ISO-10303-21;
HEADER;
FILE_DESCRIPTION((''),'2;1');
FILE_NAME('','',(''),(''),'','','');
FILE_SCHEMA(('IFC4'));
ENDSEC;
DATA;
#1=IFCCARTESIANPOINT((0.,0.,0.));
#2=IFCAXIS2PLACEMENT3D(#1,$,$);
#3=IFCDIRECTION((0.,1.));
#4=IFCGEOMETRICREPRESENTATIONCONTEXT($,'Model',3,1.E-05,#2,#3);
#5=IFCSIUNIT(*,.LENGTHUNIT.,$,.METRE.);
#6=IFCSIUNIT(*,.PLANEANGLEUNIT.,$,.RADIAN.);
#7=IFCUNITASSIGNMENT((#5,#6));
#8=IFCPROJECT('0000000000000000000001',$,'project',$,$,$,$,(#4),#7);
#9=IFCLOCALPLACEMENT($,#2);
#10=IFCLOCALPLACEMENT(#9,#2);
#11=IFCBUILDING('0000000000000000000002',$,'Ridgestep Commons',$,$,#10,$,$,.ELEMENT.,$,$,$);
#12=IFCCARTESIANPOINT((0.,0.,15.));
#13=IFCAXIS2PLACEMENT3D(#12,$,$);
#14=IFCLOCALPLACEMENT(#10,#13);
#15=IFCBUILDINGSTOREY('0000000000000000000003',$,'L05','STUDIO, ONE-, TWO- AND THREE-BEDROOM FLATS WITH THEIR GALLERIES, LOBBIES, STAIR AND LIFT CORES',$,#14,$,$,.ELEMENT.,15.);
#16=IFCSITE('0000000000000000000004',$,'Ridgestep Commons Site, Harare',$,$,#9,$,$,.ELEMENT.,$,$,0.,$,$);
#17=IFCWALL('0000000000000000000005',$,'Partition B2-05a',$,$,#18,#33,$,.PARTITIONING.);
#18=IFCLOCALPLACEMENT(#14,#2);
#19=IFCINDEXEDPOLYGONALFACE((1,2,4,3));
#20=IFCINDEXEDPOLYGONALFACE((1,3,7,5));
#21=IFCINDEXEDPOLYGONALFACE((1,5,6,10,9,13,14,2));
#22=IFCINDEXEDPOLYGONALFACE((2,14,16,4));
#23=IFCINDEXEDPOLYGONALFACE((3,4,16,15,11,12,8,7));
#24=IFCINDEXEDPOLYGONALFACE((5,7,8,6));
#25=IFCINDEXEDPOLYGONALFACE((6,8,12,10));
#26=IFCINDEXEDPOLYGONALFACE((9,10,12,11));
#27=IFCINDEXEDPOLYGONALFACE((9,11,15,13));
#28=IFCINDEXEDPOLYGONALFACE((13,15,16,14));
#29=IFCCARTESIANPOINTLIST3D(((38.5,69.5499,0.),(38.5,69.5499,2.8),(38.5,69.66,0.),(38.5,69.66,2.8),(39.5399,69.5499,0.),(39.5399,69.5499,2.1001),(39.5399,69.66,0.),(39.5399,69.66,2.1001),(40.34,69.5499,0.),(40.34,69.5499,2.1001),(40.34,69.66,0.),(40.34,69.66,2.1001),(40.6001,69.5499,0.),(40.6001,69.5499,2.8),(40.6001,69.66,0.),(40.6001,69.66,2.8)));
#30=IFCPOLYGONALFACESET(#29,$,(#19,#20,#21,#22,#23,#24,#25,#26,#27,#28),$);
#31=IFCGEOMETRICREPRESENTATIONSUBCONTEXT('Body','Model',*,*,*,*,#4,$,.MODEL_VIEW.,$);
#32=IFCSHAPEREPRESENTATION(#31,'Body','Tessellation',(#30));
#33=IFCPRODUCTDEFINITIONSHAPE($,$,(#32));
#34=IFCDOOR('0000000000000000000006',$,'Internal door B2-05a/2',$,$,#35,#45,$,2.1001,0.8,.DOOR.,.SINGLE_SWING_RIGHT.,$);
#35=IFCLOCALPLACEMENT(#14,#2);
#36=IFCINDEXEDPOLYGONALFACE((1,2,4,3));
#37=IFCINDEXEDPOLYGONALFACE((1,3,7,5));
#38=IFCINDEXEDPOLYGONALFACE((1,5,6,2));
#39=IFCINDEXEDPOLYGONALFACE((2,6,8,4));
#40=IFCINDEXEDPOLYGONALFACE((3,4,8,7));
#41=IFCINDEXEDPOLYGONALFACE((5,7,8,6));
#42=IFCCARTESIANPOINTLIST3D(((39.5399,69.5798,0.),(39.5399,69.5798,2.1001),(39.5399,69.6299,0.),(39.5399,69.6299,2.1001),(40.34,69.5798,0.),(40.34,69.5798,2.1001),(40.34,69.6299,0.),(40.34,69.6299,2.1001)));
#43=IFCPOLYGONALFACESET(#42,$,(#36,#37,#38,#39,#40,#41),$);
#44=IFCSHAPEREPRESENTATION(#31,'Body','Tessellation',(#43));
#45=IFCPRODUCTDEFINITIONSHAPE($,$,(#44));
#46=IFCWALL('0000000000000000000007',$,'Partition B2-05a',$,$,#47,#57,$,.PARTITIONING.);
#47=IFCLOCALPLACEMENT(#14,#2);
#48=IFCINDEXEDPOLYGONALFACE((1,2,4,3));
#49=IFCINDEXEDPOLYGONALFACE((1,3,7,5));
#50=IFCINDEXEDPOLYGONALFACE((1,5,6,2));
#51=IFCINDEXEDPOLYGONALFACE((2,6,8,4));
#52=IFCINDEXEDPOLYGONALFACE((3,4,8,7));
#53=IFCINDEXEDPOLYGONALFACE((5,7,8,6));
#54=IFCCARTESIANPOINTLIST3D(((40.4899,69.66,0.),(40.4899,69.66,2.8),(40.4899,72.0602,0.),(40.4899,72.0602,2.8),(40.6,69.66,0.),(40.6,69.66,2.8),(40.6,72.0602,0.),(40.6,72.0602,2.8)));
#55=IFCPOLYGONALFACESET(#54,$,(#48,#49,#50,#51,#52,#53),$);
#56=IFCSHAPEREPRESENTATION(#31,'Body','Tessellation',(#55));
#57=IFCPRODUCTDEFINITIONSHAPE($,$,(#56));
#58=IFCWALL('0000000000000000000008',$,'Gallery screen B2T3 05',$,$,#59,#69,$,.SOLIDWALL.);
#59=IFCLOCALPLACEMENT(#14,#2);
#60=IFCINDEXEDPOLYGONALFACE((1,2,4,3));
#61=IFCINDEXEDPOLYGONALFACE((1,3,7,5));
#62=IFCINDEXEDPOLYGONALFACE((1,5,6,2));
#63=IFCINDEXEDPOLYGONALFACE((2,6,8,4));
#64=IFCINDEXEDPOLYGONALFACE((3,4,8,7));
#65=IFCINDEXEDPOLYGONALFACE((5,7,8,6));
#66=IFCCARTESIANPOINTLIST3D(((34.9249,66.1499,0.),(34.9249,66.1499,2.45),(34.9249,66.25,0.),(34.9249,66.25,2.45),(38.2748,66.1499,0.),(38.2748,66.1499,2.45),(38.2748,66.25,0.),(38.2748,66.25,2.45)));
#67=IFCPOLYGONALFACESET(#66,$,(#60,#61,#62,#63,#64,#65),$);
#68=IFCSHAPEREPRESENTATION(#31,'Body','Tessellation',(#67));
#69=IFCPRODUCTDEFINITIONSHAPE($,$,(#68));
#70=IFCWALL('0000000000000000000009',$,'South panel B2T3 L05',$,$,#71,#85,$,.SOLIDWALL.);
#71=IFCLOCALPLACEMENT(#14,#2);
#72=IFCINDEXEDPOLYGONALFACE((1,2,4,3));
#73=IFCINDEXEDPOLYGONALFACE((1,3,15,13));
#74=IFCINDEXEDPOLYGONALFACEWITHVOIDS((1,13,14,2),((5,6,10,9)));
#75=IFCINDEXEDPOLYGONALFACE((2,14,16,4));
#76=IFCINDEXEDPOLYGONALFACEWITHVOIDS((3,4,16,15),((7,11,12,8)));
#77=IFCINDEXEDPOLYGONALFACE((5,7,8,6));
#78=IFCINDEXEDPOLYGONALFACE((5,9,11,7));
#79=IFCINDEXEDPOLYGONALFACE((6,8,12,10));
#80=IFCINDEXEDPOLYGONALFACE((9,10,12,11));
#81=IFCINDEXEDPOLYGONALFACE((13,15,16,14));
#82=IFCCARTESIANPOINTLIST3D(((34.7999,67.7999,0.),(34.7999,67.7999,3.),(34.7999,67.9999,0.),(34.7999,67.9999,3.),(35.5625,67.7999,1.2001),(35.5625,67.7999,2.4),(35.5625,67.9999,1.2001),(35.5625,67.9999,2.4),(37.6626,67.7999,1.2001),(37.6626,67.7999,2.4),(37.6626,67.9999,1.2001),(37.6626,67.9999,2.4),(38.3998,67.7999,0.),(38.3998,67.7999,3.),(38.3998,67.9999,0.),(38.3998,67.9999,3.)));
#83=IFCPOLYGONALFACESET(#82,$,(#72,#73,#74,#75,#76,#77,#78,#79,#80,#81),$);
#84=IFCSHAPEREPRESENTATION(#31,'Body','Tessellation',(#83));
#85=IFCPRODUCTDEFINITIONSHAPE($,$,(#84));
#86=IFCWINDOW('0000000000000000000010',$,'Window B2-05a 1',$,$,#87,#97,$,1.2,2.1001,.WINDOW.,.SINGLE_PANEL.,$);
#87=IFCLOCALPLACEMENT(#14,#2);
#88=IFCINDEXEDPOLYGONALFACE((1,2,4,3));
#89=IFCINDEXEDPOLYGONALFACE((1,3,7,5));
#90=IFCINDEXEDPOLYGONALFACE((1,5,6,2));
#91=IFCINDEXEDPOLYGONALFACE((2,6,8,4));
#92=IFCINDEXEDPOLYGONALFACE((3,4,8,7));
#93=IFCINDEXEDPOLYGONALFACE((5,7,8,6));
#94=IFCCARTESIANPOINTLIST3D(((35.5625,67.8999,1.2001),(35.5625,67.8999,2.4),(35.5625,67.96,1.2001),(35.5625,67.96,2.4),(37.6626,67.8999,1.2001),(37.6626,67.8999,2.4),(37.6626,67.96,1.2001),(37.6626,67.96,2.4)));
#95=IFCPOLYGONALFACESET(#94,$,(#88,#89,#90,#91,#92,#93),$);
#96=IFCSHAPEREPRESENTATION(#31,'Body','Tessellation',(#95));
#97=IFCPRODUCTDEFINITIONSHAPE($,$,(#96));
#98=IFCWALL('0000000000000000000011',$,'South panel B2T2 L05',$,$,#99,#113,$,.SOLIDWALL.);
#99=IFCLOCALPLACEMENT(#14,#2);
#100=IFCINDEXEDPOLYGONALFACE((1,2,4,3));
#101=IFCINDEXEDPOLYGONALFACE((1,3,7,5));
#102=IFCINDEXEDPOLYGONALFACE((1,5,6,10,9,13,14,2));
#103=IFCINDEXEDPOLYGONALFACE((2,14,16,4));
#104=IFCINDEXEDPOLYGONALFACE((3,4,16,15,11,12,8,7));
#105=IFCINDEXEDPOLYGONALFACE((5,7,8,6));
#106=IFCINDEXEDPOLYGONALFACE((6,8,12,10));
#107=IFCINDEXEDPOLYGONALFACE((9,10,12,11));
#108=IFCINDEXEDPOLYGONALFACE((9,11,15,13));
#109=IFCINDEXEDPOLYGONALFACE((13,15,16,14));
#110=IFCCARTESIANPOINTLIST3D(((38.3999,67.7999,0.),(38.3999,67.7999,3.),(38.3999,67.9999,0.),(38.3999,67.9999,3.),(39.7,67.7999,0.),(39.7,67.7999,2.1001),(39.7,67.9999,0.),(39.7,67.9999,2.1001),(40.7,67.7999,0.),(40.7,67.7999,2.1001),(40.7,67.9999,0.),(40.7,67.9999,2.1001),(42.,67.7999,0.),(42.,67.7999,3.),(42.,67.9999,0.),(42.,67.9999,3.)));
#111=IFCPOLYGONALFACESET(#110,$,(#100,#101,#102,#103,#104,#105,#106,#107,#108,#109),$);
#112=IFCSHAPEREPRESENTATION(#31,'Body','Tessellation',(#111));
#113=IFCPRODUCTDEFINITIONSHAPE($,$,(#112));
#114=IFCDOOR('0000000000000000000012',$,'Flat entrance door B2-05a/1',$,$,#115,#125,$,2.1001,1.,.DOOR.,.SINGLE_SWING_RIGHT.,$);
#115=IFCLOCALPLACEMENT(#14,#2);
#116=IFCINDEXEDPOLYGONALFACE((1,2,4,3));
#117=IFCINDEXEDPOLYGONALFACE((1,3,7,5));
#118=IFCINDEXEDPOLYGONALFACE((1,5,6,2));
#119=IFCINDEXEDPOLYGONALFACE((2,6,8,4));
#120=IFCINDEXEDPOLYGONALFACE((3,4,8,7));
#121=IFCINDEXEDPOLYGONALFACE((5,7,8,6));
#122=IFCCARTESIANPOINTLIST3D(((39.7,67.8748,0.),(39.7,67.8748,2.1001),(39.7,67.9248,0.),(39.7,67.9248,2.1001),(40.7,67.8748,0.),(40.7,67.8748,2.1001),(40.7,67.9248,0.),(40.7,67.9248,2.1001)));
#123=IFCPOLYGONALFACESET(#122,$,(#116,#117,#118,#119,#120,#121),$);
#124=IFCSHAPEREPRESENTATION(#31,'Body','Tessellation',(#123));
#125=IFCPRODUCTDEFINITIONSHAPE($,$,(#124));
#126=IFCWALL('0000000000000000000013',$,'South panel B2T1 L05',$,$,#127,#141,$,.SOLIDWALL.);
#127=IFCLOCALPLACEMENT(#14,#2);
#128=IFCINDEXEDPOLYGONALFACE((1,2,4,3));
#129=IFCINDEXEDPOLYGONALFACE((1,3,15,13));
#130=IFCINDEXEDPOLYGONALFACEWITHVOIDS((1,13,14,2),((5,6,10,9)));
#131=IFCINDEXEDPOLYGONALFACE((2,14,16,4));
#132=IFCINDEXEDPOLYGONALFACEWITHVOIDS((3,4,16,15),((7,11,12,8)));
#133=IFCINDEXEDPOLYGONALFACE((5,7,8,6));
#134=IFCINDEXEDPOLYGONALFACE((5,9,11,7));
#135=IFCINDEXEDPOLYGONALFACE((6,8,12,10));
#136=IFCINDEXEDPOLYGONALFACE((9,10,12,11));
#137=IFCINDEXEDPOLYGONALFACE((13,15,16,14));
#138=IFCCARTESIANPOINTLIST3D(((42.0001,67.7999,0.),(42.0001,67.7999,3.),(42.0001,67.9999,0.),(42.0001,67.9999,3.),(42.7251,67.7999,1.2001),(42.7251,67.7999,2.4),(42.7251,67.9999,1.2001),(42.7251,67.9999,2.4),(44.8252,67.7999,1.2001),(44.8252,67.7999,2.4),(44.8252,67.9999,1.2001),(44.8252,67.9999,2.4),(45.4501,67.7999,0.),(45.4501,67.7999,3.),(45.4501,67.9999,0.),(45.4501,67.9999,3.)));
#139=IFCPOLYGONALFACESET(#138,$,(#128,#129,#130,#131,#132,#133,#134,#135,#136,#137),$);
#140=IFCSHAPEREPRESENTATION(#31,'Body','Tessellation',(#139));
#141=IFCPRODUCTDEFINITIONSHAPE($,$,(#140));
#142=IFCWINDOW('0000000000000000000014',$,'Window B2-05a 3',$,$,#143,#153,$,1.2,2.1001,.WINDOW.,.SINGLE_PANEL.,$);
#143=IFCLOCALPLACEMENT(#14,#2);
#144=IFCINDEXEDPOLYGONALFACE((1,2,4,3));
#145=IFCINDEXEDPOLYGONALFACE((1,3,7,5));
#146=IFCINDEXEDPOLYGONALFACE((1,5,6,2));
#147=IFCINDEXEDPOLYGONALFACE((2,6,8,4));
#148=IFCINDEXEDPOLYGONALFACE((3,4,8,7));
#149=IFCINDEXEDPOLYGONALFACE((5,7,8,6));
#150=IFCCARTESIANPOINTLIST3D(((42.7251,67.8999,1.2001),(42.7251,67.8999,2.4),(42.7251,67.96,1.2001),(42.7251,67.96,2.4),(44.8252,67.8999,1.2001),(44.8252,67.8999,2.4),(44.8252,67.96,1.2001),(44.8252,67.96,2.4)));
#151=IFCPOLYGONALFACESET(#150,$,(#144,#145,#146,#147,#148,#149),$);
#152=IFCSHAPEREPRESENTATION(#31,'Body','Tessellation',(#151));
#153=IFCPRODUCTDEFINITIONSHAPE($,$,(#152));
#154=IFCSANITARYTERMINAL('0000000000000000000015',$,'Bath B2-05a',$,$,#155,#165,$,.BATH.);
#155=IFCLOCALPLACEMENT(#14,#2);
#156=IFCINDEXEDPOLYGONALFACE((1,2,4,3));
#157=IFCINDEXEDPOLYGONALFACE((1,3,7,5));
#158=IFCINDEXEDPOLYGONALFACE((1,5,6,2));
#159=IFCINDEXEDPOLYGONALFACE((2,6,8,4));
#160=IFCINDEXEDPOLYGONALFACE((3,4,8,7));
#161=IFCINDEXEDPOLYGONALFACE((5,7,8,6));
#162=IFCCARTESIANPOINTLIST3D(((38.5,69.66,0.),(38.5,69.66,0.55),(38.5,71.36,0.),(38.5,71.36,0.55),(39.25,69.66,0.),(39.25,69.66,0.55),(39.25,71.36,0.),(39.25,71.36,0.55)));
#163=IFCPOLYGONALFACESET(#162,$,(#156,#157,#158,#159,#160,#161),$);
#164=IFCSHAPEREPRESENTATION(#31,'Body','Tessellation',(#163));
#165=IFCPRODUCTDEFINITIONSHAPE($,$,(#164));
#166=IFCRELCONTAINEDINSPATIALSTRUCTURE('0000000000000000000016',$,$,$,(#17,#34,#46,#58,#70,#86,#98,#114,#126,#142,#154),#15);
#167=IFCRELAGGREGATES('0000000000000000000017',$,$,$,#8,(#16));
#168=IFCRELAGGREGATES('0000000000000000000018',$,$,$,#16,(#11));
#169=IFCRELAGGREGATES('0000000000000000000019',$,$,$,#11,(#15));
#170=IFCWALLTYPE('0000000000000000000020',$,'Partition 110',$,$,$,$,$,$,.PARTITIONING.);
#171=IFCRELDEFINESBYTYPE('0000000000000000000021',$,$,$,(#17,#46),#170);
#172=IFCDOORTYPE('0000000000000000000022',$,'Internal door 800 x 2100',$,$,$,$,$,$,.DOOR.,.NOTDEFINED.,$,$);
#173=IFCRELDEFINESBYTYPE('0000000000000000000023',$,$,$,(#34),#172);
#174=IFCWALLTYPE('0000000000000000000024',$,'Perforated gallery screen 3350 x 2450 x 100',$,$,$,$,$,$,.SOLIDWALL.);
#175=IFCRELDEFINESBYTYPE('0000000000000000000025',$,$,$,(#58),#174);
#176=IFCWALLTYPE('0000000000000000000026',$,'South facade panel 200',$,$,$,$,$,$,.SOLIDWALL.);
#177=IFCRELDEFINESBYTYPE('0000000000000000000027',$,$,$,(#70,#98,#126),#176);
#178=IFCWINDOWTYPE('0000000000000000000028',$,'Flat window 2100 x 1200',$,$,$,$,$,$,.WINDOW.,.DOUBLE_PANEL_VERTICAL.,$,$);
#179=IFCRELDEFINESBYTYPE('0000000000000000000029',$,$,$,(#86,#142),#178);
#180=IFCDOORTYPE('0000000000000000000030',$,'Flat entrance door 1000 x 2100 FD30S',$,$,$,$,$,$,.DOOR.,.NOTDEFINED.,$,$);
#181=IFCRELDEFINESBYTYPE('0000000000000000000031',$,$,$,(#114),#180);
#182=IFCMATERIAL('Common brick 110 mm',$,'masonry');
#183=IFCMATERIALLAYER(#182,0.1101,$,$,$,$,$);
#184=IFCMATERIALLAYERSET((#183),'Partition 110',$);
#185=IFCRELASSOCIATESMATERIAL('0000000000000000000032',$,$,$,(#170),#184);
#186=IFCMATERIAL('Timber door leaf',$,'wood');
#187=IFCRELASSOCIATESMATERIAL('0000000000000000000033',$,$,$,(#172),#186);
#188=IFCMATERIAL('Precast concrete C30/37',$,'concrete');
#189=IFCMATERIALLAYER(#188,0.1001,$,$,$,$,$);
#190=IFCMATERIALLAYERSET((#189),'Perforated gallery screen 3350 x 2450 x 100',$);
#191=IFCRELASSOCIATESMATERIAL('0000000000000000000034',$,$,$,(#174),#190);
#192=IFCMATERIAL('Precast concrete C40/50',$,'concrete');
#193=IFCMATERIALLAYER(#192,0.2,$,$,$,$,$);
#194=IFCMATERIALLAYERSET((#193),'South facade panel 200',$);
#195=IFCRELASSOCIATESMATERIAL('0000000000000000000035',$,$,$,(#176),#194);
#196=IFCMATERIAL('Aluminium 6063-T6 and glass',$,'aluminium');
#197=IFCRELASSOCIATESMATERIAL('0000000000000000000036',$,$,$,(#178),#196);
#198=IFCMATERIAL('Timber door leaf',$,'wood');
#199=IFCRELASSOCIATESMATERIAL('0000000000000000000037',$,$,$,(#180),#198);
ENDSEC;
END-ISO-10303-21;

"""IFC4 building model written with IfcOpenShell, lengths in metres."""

from ifc_helpers import new_model, si_unit, direction, frame, frame_2d, origin, origin_2d, place, context, subcontext, project, spatial, rectangle, extrude, material, layer, layer_set, type_object, element, fill, save


model = new_model("IFC4")

# Units and contexts
model_context = context("Model", 3, precision=1e-05, world=origin(), true_north=direction((0.0, 1.0)))
body_context = subcontext(model_context, "Body", "Model", "MODEL_VIEW")
ifc_project = project(units=[si_unit("LENGTHUNIT", "METRE"), si_unit("PLANEANGLEUNIT", "RADIAN")], contexts=[model_context])

# Site, building, storey
site_placement = place(None, origin())
site = spatial("IfcSite", under=ifc_project, at=site_placement, Name="Ridgestep Commons Site, Harare", CompositionType="ELEMENT", RefElevation=0.0)
building_placement = place(site_placement, origin())
building = spatial("IfcBuilding", under=site, at=building_placement, Name="Ridgestep Commons", CompositionType="ELEMENT")
storey_placement = place(building_placement, frame((0.0, 0.0, 15.0)))
storey = spatial("IfcBuildingStorey", under=building, at=storey_placement, Name="L05", Description="STUDIO, ONE-, TWO- AND THREE-BEDROOM FLATS WITH THEIR GALLERIES, LOBBIES, STAIR AND LIFT CORES", CompositionType="ELEMENT", Elevation=15.0)

# Wall, opening, door
ifc_material_1 = material(Name="Common brick 110 mm", Category="masonry")
ifc_layer_1 = layer(ifc_material_1, 0.1101)
ifc_layer_set_1 = layer_set([ifc_layer_1], Name="Partition 110")
wall_type_1 = type_object("IfcWallType", Name="Partition 110", PredefinedType="PARTITIONING", material=ifc_layer_set_1)
wall_1_placement = place(storey_placement, frame((38.5, 69.605, 0.0), z_axis=(0.0, 0.0, 1.0), x_axis=(1.0, 0.0, 0.0)))
wall_1 = element("IfcWall", 1, at=wall_1_placement, inside=storey, type_object=wall_type_1, Name="Partition B2-05a", PredefinedType="PARTITIONING", context=body_context, shape_type="SweptSolid", body=[
    extrude(rectangle(XDim=2.1001, YDim=0.1101, at=frame_2d((1.05, 0.0))), origin(), (0.0, 0.0, 1.0), 2.8),
])
opening_1_placement = place(wall_1_placement, frame((1.04, 0.0, 0.0)))
opening_1 = element("IfcOpeningElement", 2, at=opening_1_placement, cuts=wall_1, PredefinedType="OPENING", context=body_context, shape_type="SweptSolid", body=[
    extrude(rectangle(XDim=0.8, YDim=2.1001, at=frame_2d((0.3999, 1.05))), frame((0.0, 0.0649, 0.0), z_axis=(0.0, -1.0, 0.0), x_axis=(1.0, 0.0, 0.0)), (0.0, 0.0, 1.0), 0.1301),
])
ifc_material_2 = material(Name="Timber door leaf", Category="wood")
door_type_1 = type_object("IfcDoorType", Name="Internal door 800 x 2100", OperationType="NOTDEFINED", PredefinedType="DOOR", material=ifc_material_2)
door_1_placement = place(opening_1_placement, origin())
door_1 = element("IfcDoor", 3, at=door_1_placement, inside=storey, type_object=door_type_1, Name="Internal door B2-05a/2", OperationType="SINGLE_SWING_RIGHT", OverallHeight=2.1001, OverallWidth=0.8, PredefinedType="DOOR", context=body_context, shape_type="SweptSolid", body=[
    extrude(rectangle(XDim=0.8, YDim=2.1001, at=frame_2d((0.3999, 1.05))), frame((0.0, 0.0249, 0.0), z_axis=(0.0, -1.0, 0.0), x_axis=(1.0, 0.0, 0.0)), (0.0, 0.0, 1.0), 0.05),
])
fill(opening_1, door_1)

# Walls
wall_2_placement = place(storey_placement, frame((40.5449, 69.6599, 0.0), z_axis=(0.0, 0.0, 1.0), x_axis=(0.0, 1.0, 0.0)))
element("IfcWall", 4, at=wall_2_placement, inside=storey, type_object=wall_type_1, Name="Partition B2-05a", PredefinedType="PARTITIONING", context=body_context, shape_type="SweptSolid", body=[
    extrude(rectangle(XDim=2.4001, YDim=0.1101, at=frame_2d((1.2002, 0.0))), origin(), (0.0, 0.0, 1.0), 2.8),
])
ifc_material_3 = material(Name="Precast concrete C30/37", Category="concrete")
ifc_layer_2 = layer(ifc_material_3, 0.1001)
ifc_layer_set_2 = layer_set([ifc_layer_2], Name="Perforated gallery screen 3350 x 2450 x 100")
wall_type_2 = type_object("IfcWallType", Name="Perforated gallery screen 3350 x 2450 x 100", PredefinedType="SOLIDWALL", material=ifc_layer_set_2)
wall_3_placement = place(storey_placement, frame((34.925, 66.2, 0.0), z_axis=(0.0, 0.0, 1.0), x_axis=(1.0, 0.0, 0.0)))
element("IfcWall", 5, at=wall_3_placement, inside=storey, type_object=wall_type_2, Name="Gallery screen B2T3 05", PredefinedType="SOLIDWALL", context=body_context, shape_type="SweptSolid", body=[
    extrude(rectangle(XDim=3.3499, YDim=0.1001, at=frame_2d((1.6748, 0.0))), origin(), (0.0, 0.0, 1.0), 2.45),
])

# Wall, opening, window
ifc_material_4 = material(Name="Precast concrete C40/50", Category="concrete")
ifc_layer_3 = layer(ifc_material_4, 0.2)
ifc_layer_set_3 = layer_set([ifc_layer_3], Name="South facade panel 200")
wall_type_3 = type_object("IfcWallType", Name="South facade panel 200", PredefinedType="SOLIDWALL", material=ifc_layer_set_3)
wall_4_placement = place(storey_placement, frame((34.8, 67.8999, 0.0), z_axis=(0.0, 0.0, 1.0), x_axis=(1.0, 0.0, 0.0)))
wall_4 = element("IfcWall", 6, at=wall_4_placement, inside=storey, type_object=wall_type_3, Name="South panel B2T3 L05", PredefinedType="SOLIDWALL", context=body_context, shape_type="SweptSolid", body=[
    extrude(rectangle(XDim=3.5999, YDim=0.2, at=frame_2d((1.7998, 0.0))), origin(), (0.0, 0.0, 1.0), 3.0),
])
opening_2_placement = place(wall_4_placement, frame((0.7625, 0.0, 1.2)))
opening_2 = element("IfcOpeningElement", 7, at=opening_2_placement, cuts=wall_4, PredefinedType="OPENING", context=body_context, shape_type="SweptSolid", body=[
    extrude(rectangle(XDim=2.1001, YDim=1.2, at=frame_2d((1.05, 0.6001))), frame((0.0, 0.1099, 0.0), z_axis=(0.0, -1.0, 0.0), x_axis=(1.0, 0.0, 0.0)), (0.0, 0.0, 1.0), 0.22),
])
ifc_material_5 = material(Name="Aluminium 6063-T6 and glass", Category="aluminium")
window_type = type_object("IfcWindowType", Name="Flat window 2100 x 1200", PartitioningType="DOUBLE_PANEL_VERTICAL", PredefinedType="WINDOW", material=ifc_material_5)
window_1_placement = place(opening_2_placement, origin())
window_1 = element("IfcWindow", 8, at=window_1_placement, inside=storey, type_object=window_type, Name="Window B2-05a 1", OverallHeight=1.2, OverallWidth=2.1001, PartitioningType="SINGLE_PANEL", PredefinedType="WINDOW", context=body_context, shape_type="SweptSolid", body=[
    extrude(rectangle(XDim=2.1001, YDim=1.2, at=frame_2d((1.05, 0.6001))), frame((0.0, 0.0601, 0.0), z_axis=(0.0, -1.0, 0.0), x_axis=(1.0, 0.0, 0.0)), (0.0, 0.0, 1.0), 0.0601),
])
fill(opening_2, window_1)

# Wall, opening, door
wall_5_placement = place(storey_placement, frame((38.3999, 67.8999, 0.0), z_axis=(0.0, 0.0, 1.0), x_axis=(1.0, 0.0, 0.0)))
wall_5 = element("IfcWall", 9, at=wall_5_placement, inside=storey, type_object=wall_type_3, Name="South panel B2T2 L05", PredefinedType="SOLIDWALL", context=body_context, shape_type="SweptSolid", body=[
    extrude(rectangle(XDim=3.6001, YDim=0.2, at=frame_2d((1.8, 0.0))), origin(), (0.0, 0.0, 1.0), 3.0),
])
opening_3_placement = place(wall_5_placement, frame((1.3, 0.0, 0.0)))
opening_3 = element("IfcOpeningElement", 10, at=opening_3_placement, cuts=wall_5, PredefinedType="OPENING", context=body_context, shape_type="SweptSolid", body=[
    extrude(rectangle(XDim=1.0, YDim=2.1001, at=frame_2d((0.5, 1.05))), frame((0.0, 0.1099, 0.0), z_axis=(0.0, -1.0, 0.0), x_axis=(1.0, 0.0, 0.0)), (0.0, 0.0, 1.0), 0.22),
])
ifc_material_6 = material(Name="Timber door leaf", Category="wood")
door_type_2 = type_object("IfcDoorType", Name="Flat entrance door 1000 x 2100 FD30S", OperationType="NOTDEFINED", PredefinedType="DOOR", material=ifc_material_6)
door_2_placement = place(opening_3_placement, origin())
door_2 = element("IfcDoor", 11, at=door_2_placement, inside=storey, type_object=door_type_2, Name="Flat entrance door B2-05a/1", OperationType="SINGLE_SWING_RIGHT", OverallHeight=2.1001, OverallWidth=1.0, PredefinedType="DOOR", context=body_context, shape_type="SweptSolid", body=[
    extrude(rectangle(XDim=1.0, YDim=2.1001, at=frame_2d((0.5, 1.05))), frame((0.0, 0.0249, 0.0), z_axis=(0.0, -1.0, 0.0), x_axis=(1.0, 0.0, 0.0)), (0.0, 0.0, 1.0), 0.05),
])
fill(opening_3, door_2)

# Wall, opening, window
wall_6_placement = place(storey_placement, frame((42.0, 67.8999, 0.0), z_axis=(0.0, 0.0, 1.0), x_axis=(1.0, 0.0, 0.0)))
wall_6 = element("IfcWall", 12, at=wall_6_placement, inside=storey, type_object=wall_type_3, Name="South panel B2T1 L05", PredefinedType="SOLIDWALL", context=body_context, shape_type="SweptSolid", body=[
    extrude(rectangle(XDim=3.45, YDim=0.2, at=frame_2d((1.7251, 0.0))), origin(), (0.0, 0.0, 1.0), 3.0),
])
opening_4_placement = place(wall_6_placement, frame((0.7251, 0.0, 1.2)))
opening_4 = element("IfcOpeningElement", 13, at=opening_4_placement, cuts=wall_6, PredefinedType="OPENING", context=body_context, shape_type="SweptSolid", body=[
    extrude(rectangle(XDim=2.1001, YDim=1.2, at=frame_2d((1.05, 0.6001))), frame((0.0, 0.1099, 0.0), z_axis=(0.0, -1.0, 0.0), x_axis=(1.0, 0.0, 0.0)), (0.0, 0.0, 1.0), 0.22),
])
window_2_placement = place(opening_4_placement, origin())
window_2 = element("IfcWindow", 14, at=window_2_placement, inside=storey, type_object=window_type, Name="Window B2-05a 3", OverallHeight=1.2, OverallWidth=2.1001, PartitioningType="SINGLE_PANEL", PredefinedType="WINDOW", context=body_context, shape_type="SweptSolid", body=[
    extrude(rectangle(XDim=2.1001, YDim=1.2, at=frame_2d((1.05, 0.6001))), frame((0.0, 0.0601, 0.0), z_axis=(0.0, -1.0, 0.0), x_axis=(1.0, 0.0, 0.0)), (0.0, 0.0, 1.0), 0.0601),
])
fill(opening_4, window_2)

# Sanitary terminal
sanitary_terminal_1_placement = place(storey_placement, frame((38.875, 70.51, 0.0), z_axis=(0.0, 0.0, 1.0), x_axis=(1.0, 0.0, 0.0)))
element("IfcSanitaryTerminal", 15, at=sanitary_terminal_1_placement, inside=storey, Name="Bath B2-05a", PredefinedType="BATH", context=body_context, shape_type="SweptSolid", body=[
    extrude(rectangle(XDim=0.75, YDim=1.7, at=origin_2d()), origin(), (0.0, 0.0, 1.0), 0.55),
])

save(model, "model.ifc")
